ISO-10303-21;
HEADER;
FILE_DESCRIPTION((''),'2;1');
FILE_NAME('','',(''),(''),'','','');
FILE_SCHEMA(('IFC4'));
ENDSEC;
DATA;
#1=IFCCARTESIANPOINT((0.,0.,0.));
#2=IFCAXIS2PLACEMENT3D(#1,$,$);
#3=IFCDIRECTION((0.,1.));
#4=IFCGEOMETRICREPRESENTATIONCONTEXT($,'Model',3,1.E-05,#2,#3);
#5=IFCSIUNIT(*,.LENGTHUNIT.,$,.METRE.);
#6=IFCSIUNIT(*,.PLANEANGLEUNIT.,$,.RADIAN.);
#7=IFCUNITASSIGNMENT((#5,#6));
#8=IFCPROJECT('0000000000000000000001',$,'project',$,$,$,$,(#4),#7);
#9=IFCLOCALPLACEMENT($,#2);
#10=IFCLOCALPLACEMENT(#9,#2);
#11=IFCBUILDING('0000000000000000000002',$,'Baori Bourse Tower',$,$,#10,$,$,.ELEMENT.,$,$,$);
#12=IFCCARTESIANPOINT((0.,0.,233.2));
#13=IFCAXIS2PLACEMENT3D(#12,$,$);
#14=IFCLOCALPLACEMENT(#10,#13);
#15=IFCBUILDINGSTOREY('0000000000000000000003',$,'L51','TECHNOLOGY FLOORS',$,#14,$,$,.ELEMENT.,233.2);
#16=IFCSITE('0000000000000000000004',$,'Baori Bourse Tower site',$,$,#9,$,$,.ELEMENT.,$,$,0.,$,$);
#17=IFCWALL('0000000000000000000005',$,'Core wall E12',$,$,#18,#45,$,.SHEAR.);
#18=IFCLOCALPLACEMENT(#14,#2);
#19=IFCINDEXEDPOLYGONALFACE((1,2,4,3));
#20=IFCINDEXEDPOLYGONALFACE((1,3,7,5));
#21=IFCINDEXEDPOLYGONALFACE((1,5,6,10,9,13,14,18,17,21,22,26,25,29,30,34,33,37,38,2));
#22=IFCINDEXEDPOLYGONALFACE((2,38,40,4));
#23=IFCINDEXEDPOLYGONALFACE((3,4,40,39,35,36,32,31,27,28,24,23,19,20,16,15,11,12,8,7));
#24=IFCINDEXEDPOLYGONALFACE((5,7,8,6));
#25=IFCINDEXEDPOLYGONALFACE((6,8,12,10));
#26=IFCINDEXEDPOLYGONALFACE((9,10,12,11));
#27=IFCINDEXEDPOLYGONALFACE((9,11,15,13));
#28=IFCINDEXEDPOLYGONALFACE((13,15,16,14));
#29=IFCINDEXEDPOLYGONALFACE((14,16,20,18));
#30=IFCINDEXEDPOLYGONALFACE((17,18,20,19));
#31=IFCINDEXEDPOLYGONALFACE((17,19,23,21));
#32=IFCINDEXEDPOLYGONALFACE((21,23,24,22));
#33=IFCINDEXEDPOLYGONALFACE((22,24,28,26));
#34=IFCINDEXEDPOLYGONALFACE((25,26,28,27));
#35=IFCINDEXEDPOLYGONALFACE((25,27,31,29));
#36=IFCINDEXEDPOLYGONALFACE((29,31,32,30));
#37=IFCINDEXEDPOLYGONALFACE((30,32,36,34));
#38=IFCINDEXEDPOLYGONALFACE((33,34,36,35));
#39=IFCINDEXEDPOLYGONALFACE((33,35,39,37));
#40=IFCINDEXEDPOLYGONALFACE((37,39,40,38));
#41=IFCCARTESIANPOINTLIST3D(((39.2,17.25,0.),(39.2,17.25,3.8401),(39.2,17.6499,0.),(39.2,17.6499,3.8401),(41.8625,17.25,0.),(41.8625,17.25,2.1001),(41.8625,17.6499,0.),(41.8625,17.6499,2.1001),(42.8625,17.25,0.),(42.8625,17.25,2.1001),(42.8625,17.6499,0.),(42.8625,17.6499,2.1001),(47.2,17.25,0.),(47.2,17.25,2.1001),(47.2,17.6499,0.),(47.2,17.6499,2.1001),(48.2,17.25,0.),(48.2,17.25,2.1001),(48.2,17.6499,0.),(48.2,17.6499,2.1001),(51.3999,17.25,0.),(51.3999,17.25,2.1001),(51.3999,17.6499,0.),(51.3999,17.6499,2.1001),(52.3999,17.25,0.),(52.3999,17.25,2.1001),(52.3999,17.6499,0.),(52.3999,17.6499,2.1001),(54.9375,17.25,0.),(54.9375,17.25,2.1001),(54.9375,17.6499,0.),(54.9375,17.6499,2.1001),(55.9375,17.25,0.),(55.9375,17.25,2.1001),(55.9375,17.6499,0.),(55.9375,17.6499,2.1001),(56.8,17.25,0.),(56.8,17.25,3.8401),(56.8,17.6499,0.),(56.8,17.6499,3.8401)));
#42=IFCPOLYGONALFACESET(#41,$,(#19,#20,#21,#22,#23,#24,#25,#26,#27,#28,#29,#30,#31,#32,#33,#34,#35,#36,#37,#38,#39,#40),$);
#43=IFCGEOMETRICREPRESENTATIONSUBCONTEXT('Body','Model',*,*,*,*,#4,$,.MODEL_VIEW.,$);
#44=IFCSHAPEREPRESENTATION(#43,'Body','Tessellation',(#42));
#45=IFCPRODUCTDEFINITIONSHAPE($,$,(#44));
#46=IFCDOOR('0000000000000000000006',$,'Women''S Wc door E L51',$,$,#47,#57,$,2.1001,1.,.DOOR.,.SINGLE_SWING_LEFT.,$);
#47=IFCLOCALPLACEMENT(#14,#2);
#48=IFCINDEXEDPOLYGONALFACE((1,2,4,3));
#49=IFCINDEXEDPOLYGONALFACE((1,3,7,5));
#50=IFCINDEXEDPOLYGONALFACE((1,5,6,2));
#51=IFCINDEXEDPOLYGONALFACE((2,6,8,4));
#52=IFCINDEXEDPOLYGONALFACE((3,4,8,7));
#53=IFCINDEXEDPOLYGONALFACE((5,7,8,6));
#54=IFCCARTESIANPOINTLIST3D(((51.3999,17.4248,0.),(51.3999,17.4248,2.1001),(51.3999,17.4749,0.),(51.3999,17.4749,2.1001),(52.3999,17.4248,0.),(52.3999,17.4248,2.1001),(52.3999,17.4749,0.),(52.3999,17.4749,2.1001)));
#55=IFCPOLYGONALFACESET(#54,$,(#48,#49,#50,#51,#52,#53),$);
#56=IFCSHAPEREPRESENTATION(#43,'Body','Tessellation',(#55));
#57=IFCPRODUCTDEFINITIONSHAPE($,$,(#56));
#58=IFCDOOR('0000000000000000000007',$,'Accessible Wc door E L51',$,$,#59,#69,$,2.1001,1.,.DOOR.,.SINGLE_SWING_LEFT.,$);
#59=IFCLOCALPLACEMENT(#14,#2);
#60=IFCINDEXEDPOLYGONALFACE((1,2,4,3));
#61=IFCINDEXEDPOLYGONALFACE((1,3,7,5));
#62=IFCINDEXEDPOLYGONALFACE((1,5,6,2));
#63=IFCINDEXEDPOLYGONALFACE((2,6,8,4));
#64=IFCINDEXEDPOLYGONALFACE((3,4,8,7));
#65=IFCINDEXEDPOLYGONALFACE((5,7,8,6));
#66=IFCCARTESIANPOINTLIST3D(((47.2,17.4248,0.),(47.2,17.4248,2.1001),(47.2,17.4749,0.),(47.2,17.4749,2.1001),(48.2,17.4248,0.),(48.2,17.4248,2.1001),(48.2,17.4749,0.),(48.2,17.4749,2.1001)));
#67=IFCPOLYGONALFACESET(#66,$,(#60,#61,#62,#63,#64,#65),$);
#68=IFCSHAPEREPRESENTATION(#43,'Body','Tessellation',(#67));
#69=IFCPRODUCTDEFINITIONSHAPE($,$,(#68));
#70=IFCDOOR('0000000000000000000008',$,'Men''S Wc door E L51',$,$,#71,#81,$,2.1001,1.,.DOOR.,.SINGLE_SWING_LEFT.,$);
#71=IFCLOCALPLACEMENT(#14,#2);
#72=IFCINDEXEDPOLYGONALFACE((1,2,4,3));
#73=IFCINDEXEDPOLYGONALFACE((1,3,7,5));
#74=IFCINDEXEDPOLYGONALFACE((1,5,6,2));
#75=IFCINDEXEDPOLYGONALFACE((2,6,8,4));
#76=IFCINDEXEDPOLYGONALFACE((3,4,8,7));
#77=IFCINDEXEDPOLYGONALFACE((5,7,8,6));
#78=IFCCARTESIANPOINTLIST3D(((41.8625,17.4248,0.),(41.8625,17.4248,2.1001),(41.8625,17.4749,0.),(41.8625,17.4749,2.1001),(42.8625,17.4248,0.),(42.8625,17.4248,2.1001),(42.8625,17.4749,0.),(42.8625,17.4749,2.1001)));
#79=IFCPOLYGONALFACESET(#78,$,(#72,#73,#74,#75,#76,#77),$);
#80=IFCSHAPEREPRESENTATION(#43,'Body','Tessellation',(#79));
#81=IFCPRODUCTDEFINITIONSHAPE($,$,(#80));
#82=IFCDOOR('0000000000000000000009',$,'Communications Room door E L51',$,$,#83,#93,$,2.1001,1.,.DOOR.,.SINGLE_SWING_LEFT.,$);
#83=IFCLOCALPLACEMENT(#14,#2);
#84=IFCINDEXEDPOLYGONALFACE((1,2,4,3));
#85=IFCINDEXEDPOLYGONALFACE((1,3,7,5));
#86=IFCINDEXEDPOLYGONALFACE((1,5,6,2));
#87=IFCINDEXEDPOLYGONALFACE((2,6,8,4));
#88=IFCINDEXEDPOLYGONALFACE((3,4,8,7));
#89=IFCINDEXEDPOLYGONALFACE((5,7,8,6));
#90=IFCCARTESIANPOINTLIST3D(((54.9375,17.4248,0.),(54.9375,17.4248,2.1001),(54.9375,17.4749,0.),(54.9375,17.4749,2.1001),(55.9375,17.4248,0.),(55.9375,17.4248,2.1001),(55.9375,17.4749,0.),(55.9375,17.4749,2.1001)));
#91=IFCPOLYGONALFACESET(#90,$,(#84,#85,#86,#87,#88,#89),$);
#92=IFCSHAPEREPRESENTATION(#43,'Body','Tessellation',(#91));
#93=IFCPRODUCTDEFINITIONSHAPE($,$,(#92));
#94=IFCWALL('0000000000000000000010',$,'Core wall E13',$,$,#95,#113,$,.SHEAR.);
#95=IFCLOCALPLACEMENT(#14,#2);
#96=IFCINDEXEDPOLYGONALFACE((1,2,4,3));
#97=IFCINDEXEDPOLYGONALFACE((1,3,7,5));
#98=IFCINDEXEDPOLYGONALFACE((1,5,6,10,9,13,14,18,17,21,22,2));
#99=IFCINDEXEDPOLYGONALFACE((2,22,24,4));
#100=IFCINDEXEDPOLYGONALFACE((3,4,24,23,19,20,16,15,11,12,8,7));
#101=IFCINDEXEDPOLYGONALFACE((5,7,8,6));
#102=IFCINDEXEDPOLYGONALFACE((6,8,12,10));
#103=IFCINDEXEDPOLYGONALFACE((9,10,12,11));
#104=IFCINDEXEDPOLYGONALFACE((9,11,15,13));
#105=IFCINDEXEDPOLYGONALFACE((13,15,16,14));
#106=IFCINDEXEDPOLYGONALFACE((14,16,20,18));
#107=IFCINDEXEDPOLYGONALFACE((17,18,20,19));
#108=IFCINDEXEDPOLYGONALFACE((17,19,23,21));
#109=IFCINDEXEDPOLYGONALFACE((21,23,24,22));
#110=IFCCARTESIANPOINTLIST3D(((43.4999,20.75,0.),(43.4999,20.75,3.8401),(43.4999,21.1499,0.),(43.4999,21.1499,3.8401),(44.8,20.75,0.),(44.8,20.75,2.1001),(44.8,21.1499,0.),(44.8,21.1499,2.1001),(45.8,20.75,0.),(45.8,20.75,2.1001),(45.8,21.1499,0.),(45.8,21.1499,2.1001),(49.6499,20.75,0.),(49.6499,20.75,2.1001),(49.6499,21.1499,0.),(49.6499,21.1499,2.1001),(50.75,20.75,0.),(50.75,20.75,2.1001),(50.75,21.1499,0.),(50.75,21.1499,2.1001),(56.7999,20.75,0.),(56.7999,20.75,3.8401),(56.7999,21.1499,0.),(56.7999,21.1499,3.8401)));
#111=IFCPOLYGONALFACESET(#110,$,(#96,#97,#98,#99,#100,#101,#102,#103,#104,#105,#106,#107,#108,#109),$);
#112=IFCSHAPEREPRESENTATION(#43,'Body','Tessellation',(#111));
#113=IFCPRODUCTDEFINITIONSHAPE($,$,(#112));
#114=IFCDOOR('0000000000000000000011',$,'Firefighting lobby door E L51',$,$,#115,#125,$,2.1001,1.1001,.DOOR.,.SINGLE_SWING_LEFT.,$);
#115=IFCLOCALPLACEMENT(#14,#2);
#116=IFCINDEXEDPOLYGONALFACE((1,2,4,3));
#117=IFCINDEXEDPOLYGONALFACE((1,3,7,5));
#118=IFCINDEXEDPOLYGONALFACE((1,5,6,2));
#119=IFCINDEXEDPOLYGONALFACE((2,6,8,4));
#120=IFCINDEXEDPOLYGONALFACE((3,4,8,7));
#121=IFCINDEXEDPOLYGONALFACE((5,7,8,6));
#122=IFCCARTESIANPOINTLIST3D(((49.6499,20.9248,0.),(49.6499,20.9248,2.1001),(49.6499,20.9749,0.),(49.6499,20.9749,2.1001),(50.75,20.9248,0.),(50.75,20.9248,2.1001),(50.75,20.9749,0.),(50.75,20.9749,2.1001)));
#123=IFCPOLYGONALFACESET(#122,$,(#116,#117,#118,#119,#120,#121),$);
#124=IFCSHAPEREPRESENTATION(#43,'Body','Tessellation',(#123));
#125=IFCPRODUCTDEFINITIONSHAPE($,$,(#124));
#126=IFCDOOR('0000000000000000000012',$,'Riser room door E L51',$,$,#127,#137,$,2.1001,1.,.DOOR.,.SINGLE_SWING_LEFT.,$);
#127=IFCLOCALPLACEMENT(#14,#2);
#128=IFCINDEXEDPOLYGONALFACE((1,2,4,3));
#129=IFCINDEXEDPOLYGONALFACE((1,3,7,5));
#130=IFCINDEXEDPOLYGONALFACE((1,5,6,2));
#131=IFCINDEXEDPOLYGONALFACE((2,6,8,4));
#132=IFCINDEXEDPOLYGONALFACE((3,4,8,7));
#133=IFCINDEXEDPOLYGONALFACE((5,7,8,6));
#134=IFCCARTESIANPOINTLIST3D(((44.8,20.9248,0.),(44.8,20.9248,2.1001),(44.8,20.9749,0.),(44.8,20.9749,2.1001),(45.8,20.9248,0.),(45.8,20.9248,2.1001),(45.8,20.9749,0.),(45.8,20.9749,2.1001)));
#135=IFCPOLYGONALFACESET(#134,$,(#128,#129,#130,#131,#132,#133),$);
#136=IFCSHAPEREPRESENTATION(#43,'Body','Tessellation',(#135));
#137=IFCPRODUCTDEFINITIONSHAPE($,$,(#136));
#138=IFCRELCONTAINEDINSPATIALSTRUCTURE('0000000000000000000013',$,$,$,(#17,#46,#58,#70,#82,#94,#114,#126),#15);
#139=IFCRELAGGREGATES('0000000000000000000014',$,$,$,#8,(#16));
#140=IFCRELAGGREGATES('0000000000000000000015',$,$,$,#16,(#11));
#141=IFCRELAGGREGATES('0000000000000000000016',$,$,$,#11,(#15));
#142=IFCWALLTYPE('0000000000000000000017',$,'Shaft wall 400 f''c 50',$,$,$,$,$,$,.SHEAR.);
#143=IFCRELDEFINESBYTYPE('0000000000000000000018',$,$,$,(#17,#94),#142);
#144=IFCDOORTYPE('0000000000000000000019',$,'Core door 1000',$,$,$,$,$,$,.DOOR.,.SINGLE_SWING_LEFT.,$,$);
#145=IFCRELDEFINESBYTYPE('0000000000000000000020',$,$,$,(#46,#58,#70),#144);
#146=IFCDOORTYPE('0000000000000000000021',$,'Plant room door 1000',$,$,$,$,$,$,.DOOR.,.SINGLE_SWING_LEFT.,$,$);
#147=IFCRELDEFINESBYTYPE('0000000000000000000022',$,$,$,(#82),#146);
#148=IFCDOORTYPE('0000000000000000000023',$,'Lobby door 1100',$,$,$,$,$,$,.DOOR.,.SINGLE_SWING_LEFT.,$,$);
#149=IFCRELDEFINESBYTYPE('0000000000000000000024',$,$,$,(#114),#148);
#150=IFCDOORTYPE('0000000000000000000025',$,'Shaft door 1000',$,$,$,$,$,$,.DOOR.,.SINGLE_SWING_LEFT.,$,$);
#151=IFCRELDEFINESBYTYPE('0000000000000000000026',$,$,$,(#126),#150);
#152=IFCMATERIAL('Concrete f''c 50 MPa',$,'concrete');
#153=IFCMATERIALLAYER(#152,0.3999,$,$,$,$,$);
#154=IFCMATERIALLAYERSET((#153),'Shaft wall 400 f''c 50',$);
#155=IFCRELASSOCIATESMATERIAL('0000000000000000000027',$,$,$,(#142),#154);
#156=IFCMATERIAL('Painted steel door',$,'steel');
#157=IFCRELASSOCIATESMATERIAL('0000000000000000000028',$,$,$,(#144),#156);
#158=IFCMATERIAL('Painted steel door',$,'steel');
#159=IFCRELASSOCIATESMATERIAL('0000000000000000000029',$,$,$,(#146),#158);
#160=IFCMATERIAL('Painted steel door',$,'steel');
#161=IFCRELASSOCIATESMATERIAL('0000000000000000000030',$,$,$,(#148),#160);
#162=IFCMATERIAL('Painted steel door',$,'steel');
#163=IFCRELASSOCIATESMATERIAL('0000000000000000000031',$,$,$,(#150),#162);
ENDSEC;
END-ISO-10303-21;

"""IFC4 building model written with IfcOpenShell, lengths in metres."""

from ifc_helpers import new_model, si_unit, direction, frame, frame_2d, origin, place, context, subcontext, project, spatial, rectangle, extrude, material, layer, layer_set, type_object, element, fill, save


model = new_model("IFC4")

# Units and contexts
model_context = context("Model", 3, precision=1e-05, world=origin(), true_north=direction((0.0, 1.0)))
body_context = subcontext(model_context, "Body", "Model", "MODEL_VIEW")
ifc_project = project(units=[si_unit("LENGTHUNIT", "METRE"), si_unit("PLANEANGLEUNIT", "RADIAN")], contexts=[model_context])

# Site, building, storey
site_placement = place(None, origin())
site = spatial("IfcSite", under=ifc_project, at=site_placement, Name="Baori Bourse Tower site", CompositionType="ELEMENT", RefElevation=0.0)
building_placement = place(site_placement, origin())
building = spatial("IfcBuilding", under=site, at=building_placement, Name="Baori Bourse Tower", CompositionType="ELEMENT")
storey_placement = place(building_placement, frame((0.0, 0.0, 233.2)))
storey = spatial("IfcBuildingStorey", under=building, at=storey_placement, Name="L51", Description="TECHNOLOGY FLOORS", CompositionType="ELEMENT", Elevation=233.2)

# Shared definitions
ifc_material_1 = material(Name="Concrete f'c 50 MPa", Category="concrete")
ifc_layer_1 = layer(ifc_material_1, 0.3999)
ifc_layer_set_1 = layer_set([ifc_layer_1], Name="Shaft wall 400 f'c 50")
wall_type_1 = type_object("IfcWallType", Name="Shaft wall 400 f'c 50", PredefinedType="SHEAR", material=ifc_layer_set_1)

# Walls, openings, doors
wall_1_placement = place(storey_placement, frame((39.2, 17.45, 0.0), z_axis=(0.0, 0.0, 1.0), x_axis=(1.0, 0.0, 0.0)))
wall_1 = element("IfcWall", 1, at=wall_1_placement, inside=storey, type_object=wall_type_1, Name="Core wall E12", PredefinedType="SHEAR", context=body_context, shape_type="SweptSolid", body=[
    extrude(rectangle(XDim=17.6001, YDim=0.3999, at=frame_2d((8.8, 0.0))), origin(), (0.0, 0.0, 1.0), 3.8401),
])
opening_1_placement = place(wall_1_placement, frame((15.7375, 0.0, 0.0)))
opening_1 = element("IfcOpeningElement", 2, at=opening_1_placement, cuts=wall_1, PredefinedType="OPENING", context=body_context, shape_type="SweptSolid", body=[
    extrude(rectangle(XDim=1.0, YDim=2.1001, at=frame_2d((0.5, 1.05))), frame((0.0, 0.21, 0.0), z_axis=(0.0, -1.0, 0.0), x_axis=(1.0, 0.0, 0.0)), (0.0, 0.0, 1.0), 0.4199),
])
opening_2_placement = place(wall_1_placement, frame((12.2, 0.0, 0.0)))
opening_2 = element("IfcOpeningElement", 3, at=opening_2_placement, cuts=wall_1, PredefinedType="OPENING", context=body_context, shape_type="SweptSolid", body=[
    extrude(rectangle(XDim=1.0, YDim=2.1001, at=frame_2d((0.5, 1.05))), frame((0.0, 0.21, 0.0), z_axis=(0.0, -1.0, 0.0), x_axis=(1.0, 0.0, 0.0)), (0.0, 0.0, 1.0), 0.4199),
])
opening_3_placement = place(wall_1_placement, frame((8.0, 0.0, 0.0)))
opening_3 = element("IfcOpeningElement", 4, at=opening_3_placement, cuts=wall_1, PredefinedType="OPENING", context=body_context, shape_type="SweptSolid", body=[
    extrude(rectangle(XDim=1.0, YDim=2.1001, at=frame_2d((0.5, 1.05))), frame((0.0, 0.21, 0.0), z_axis=(0.0, -1.0, 0.0), x_axis=(1.0, 0.0, 0.0)), (0.0, 0.0, 1.0), 0.4199),
])
opening_4_placement = place(wall_1_placement, frame((2.6626, 0.0, 0.0)))
opening_4 = element("IfcOpeningElement", 5, at=opening_4_placement, cuts=wall_1, PredefinedType="OPENING", context=body_context, shape_type="SweptSolid", body=[
    extrude(rectangle(XDim=1.0, YDim=2.1001, at=frame_2d((0.5, 1.05))), frame((0.0, 0.21, 0.0), z_axis=(0.0, -1.0, 0.0), x_axis=(1.0, 0.0, 0.0)), (0.0, 0.0, 1.0), 0.4199),
])
ifc_material_2 = material(Name="Painted steel door", Category="steel")
door_type_1 = type_object("IfcDoorType", Name="Core door 1000", OperationType="SINGLE_SWING_LEFT", PredefinedType="DOOR", material=ifc_material_2)
door_1_placement = place(opening_2_placement, origin())
door_1 = element("IfcDoor", 6, at=door_1_placement, inside=storey, type_object=door_type_1, Name="Women'S Wc door E L51", OperationType="SINGLE_SWING_LEFT", OverallHeight=2.1001, OverallWidth=1.0, PredefinedType="DOOR", context=body_context, shape_type="SweptSolid", body=[
    extrude(rectangle(XDim=1.0, YDim=2.1001, at=frame_2d((0.5, 1.05))), frame((0.0, 0.0249, 0.0), z_axis=(0.0, -1.0, 0.0), x_axis=(1.0, 0.0, 0.0)), (0.0, 0.0, 1.0), 0.05),
])
fill(opening_2, door_1)
door_2_placement = place(opening_3_placement, origin())
door_2 = element("IfcDoor", 7, at=door_2_placement, inside=storey, type_object=door_type_1, Name="Accessible Wc door E L51", OperationType="SINGLE_SWING_LEFT", OverallHeight=2.1001, OverallWidth=1.0, PredefinedType="DOOR", context=body_context, shape_type="SweptSolid", body=[
    extrude(rectangle(XDim=1.0, YDim=2.1001, at=frame_2d((0.5, 1.05))), frame((0.0, 0.0249, 0.0), z_axis=(0.0, -1.0, 0.0), x_axis=(1.0, 0.0, 0.0)), (0.0, 0.0, 1.0), 0.05),
])
fill(opening_3, door_2)
door_3_placement = place(opening_4_placement, origin())
door_3 = element("IfcDoor", 8, at=door_3_placement, inside=storey, type_object=door_type_1, Name="Men'S Wc door E L51", OperationType="SINGLE_SWING_LEFT", OverallHeight=2.1001, OverallWidth=1.0, PredefinedType="DOOR", context=body_context, shape_type="SweptSolid", body=[
    extrude(rectangle(XDim=1.0, YDim=2.1001, at=frame_2d((0.5, 1.05))), frame((0.0, 0.0249, 0.0), z_axis=(0.0, -1.0, 0.0), x_axis=(1.0, 0.0, 0.0)), (0.0, 0.0, 1.0), 0.05),
])
fill(opening_4, door_3)
ifc_material_3 = material(Name="Painted steel door", Category="steel")
door_type_2 = type_object("IfcDoorType", Name="Plant room door 1000", OperationType="SINGLE_SWING_LEFT", PredefinedType="DOOR", material=ifc_material_3)
door_4_placement = place(opening_1_placement, origin())
door_4 = element("IfcDoor", 9, at=door_4_placement, inside=storey, type_object=door_type_2, Name="Communications Room door E L51", OperationType="SINGLE_SWING_LEFT", OverallHeight=2.1001, OverallWidth=1.0, PredefinedType="DOOR", context=body_context, shape_type="SweptSolid", body=[
    extrude(rectangle(XDim=1.0, YDim=2.1001, at=frame_2d((0.5, 1.05))), frame((0.0, 0.0249, 0.0), z_axis=(0.0, -1.0, 0.0), x_axis=(1.0, 0.0, 0.0)), (0.0, 0.0, 1.0), 0.05),
])
fill(opening_1, door_4)
wall_2_placement = place(storey_placement, frame((43.5, 20.95, 0.0), z_axis=(0.0, 0.0, 1.0), x_axis=(1.0, 0.0, 0.0)))
wall_2 = element("IfcWall", 10, at=wall_2_placement, inside=storey, type_object=wall_type_1, Name="Core wall E13", PredefinedType="SHEAR", context=body_context, shape_type="SweptSolid", body=[
    extrude(rectangle(XDim=13.3, YDim=0.3999, at=frame_2d((6.6499, 0.0))), origin(), (0.0, 0.0, 1.0), 3.8401),
])
opening_5_placement = place(wall_2_placement, frame((6.1499, 0.0, 0.0)))
opening_5 = element("IfcOpeningElement", 11, at=opening_5_placement, cuts=wall_2, PredefinedType="OPENING", context=body_context, shape_type="SweptSolid", body=[
    extrude(rectangle(XDim=1.1001, YDim=2.1001, at=frame_2d((0.55, 1.05))), frame((0.0, 0.21, 0.0), z_axis=(0.0, -1.0, 0.0), x_axis=(1.0, 0.0, 0.0)), (0.0, 0.0, 1.0), 0.4199),
])
opening_6_placement = place(wall_2_placement, frame((1.3, 0.0, 0.0)))
opening_6 = element("IfcOpeningElement", 12, at=opening_6_placement, cuts=wall_2, PredefinedType="OPENING", context=body_context, shape_type="SweptSolid", body=[
    extrude(rectangle(XDim=1.0, YDim=2.1001, at=frame_2d((0.5, 1.05))), frame((0.0, 0.21, 0.0), z_axis=(0.0, -1.0, 0.0), x_axis=(1.0, 0.0, 0.0)), (0.0, 0.0, 1.0), 0.4199),
])
ifc_material_4 = material(Name="Painted steel door", Category="steel")
door_type_3 = type_object("IfcDoorType", Name="Lobby door 1100", OperationType="SINGLE_SWING_LEFT", PredefinedType="DOOR", material=ifc_material_4)
door_5_placement = place(opening_5_placement, origin())
door_5 = element("IfcDoor", 13, at=door_5_placement, inside=storey, type_object=door_type_3, Name="Firefighting lobby door E L51", OperationType="SINGLE_SWING_LEFT", OverallHeight=2.1001, OverallWidth=1.1001, PredefinedType="DOOR", context=body_context, shape_type="SweptSolid", body=[
    extrude(rectangle(XDim=1.1001, YDim=2.1001, at=frame_2d((0.55, 1.05))), frame((0.0, 0.0249, 0.0), z_axis=(0.0, -1.0, 0.0), x_axis=(1.0, 0.0, 0.0)), (0.0, 0.0, 1.0), 0.05),
])
fill(opening_5, door_5)
ifc_material_5 = material(Name="Painted steel door", Category="steel")
door_type_4 = type_object("IfcDoorType", Name="Shaft door 1000", OperationType="SINGLE_SWING_LEFT", PredefinedType="DOOR", material=ifc_material_5)
door_6_placement = place(opening_6_placement, origin())
door_6 = element("IfcDoor", 14, at=door_6_placement, inside=storey, type_object=door_type_4, Name="Riser room door E L51", OperationType="SINGLE_SWING_LEFT", OverallHeight=2.1001, OverallWidth=1.0, PredefinedType="DOOR", context=body_context, shape_type="SweptSolid", body=[
    extrude(rectangle(XDim=1.0, YDim=2.1001, at=frame_2d((0.5, 1.05))), frame((0.0, 0.0249, 0.0), z_axis=(0.0, -1.0, 0.0), x_axis=(1.0, 0.0, 0.0)), (0.0, 0.0, 1.0), 0.05),
])
fill(opening_6, door_6)

save(model, "model.ifc")
